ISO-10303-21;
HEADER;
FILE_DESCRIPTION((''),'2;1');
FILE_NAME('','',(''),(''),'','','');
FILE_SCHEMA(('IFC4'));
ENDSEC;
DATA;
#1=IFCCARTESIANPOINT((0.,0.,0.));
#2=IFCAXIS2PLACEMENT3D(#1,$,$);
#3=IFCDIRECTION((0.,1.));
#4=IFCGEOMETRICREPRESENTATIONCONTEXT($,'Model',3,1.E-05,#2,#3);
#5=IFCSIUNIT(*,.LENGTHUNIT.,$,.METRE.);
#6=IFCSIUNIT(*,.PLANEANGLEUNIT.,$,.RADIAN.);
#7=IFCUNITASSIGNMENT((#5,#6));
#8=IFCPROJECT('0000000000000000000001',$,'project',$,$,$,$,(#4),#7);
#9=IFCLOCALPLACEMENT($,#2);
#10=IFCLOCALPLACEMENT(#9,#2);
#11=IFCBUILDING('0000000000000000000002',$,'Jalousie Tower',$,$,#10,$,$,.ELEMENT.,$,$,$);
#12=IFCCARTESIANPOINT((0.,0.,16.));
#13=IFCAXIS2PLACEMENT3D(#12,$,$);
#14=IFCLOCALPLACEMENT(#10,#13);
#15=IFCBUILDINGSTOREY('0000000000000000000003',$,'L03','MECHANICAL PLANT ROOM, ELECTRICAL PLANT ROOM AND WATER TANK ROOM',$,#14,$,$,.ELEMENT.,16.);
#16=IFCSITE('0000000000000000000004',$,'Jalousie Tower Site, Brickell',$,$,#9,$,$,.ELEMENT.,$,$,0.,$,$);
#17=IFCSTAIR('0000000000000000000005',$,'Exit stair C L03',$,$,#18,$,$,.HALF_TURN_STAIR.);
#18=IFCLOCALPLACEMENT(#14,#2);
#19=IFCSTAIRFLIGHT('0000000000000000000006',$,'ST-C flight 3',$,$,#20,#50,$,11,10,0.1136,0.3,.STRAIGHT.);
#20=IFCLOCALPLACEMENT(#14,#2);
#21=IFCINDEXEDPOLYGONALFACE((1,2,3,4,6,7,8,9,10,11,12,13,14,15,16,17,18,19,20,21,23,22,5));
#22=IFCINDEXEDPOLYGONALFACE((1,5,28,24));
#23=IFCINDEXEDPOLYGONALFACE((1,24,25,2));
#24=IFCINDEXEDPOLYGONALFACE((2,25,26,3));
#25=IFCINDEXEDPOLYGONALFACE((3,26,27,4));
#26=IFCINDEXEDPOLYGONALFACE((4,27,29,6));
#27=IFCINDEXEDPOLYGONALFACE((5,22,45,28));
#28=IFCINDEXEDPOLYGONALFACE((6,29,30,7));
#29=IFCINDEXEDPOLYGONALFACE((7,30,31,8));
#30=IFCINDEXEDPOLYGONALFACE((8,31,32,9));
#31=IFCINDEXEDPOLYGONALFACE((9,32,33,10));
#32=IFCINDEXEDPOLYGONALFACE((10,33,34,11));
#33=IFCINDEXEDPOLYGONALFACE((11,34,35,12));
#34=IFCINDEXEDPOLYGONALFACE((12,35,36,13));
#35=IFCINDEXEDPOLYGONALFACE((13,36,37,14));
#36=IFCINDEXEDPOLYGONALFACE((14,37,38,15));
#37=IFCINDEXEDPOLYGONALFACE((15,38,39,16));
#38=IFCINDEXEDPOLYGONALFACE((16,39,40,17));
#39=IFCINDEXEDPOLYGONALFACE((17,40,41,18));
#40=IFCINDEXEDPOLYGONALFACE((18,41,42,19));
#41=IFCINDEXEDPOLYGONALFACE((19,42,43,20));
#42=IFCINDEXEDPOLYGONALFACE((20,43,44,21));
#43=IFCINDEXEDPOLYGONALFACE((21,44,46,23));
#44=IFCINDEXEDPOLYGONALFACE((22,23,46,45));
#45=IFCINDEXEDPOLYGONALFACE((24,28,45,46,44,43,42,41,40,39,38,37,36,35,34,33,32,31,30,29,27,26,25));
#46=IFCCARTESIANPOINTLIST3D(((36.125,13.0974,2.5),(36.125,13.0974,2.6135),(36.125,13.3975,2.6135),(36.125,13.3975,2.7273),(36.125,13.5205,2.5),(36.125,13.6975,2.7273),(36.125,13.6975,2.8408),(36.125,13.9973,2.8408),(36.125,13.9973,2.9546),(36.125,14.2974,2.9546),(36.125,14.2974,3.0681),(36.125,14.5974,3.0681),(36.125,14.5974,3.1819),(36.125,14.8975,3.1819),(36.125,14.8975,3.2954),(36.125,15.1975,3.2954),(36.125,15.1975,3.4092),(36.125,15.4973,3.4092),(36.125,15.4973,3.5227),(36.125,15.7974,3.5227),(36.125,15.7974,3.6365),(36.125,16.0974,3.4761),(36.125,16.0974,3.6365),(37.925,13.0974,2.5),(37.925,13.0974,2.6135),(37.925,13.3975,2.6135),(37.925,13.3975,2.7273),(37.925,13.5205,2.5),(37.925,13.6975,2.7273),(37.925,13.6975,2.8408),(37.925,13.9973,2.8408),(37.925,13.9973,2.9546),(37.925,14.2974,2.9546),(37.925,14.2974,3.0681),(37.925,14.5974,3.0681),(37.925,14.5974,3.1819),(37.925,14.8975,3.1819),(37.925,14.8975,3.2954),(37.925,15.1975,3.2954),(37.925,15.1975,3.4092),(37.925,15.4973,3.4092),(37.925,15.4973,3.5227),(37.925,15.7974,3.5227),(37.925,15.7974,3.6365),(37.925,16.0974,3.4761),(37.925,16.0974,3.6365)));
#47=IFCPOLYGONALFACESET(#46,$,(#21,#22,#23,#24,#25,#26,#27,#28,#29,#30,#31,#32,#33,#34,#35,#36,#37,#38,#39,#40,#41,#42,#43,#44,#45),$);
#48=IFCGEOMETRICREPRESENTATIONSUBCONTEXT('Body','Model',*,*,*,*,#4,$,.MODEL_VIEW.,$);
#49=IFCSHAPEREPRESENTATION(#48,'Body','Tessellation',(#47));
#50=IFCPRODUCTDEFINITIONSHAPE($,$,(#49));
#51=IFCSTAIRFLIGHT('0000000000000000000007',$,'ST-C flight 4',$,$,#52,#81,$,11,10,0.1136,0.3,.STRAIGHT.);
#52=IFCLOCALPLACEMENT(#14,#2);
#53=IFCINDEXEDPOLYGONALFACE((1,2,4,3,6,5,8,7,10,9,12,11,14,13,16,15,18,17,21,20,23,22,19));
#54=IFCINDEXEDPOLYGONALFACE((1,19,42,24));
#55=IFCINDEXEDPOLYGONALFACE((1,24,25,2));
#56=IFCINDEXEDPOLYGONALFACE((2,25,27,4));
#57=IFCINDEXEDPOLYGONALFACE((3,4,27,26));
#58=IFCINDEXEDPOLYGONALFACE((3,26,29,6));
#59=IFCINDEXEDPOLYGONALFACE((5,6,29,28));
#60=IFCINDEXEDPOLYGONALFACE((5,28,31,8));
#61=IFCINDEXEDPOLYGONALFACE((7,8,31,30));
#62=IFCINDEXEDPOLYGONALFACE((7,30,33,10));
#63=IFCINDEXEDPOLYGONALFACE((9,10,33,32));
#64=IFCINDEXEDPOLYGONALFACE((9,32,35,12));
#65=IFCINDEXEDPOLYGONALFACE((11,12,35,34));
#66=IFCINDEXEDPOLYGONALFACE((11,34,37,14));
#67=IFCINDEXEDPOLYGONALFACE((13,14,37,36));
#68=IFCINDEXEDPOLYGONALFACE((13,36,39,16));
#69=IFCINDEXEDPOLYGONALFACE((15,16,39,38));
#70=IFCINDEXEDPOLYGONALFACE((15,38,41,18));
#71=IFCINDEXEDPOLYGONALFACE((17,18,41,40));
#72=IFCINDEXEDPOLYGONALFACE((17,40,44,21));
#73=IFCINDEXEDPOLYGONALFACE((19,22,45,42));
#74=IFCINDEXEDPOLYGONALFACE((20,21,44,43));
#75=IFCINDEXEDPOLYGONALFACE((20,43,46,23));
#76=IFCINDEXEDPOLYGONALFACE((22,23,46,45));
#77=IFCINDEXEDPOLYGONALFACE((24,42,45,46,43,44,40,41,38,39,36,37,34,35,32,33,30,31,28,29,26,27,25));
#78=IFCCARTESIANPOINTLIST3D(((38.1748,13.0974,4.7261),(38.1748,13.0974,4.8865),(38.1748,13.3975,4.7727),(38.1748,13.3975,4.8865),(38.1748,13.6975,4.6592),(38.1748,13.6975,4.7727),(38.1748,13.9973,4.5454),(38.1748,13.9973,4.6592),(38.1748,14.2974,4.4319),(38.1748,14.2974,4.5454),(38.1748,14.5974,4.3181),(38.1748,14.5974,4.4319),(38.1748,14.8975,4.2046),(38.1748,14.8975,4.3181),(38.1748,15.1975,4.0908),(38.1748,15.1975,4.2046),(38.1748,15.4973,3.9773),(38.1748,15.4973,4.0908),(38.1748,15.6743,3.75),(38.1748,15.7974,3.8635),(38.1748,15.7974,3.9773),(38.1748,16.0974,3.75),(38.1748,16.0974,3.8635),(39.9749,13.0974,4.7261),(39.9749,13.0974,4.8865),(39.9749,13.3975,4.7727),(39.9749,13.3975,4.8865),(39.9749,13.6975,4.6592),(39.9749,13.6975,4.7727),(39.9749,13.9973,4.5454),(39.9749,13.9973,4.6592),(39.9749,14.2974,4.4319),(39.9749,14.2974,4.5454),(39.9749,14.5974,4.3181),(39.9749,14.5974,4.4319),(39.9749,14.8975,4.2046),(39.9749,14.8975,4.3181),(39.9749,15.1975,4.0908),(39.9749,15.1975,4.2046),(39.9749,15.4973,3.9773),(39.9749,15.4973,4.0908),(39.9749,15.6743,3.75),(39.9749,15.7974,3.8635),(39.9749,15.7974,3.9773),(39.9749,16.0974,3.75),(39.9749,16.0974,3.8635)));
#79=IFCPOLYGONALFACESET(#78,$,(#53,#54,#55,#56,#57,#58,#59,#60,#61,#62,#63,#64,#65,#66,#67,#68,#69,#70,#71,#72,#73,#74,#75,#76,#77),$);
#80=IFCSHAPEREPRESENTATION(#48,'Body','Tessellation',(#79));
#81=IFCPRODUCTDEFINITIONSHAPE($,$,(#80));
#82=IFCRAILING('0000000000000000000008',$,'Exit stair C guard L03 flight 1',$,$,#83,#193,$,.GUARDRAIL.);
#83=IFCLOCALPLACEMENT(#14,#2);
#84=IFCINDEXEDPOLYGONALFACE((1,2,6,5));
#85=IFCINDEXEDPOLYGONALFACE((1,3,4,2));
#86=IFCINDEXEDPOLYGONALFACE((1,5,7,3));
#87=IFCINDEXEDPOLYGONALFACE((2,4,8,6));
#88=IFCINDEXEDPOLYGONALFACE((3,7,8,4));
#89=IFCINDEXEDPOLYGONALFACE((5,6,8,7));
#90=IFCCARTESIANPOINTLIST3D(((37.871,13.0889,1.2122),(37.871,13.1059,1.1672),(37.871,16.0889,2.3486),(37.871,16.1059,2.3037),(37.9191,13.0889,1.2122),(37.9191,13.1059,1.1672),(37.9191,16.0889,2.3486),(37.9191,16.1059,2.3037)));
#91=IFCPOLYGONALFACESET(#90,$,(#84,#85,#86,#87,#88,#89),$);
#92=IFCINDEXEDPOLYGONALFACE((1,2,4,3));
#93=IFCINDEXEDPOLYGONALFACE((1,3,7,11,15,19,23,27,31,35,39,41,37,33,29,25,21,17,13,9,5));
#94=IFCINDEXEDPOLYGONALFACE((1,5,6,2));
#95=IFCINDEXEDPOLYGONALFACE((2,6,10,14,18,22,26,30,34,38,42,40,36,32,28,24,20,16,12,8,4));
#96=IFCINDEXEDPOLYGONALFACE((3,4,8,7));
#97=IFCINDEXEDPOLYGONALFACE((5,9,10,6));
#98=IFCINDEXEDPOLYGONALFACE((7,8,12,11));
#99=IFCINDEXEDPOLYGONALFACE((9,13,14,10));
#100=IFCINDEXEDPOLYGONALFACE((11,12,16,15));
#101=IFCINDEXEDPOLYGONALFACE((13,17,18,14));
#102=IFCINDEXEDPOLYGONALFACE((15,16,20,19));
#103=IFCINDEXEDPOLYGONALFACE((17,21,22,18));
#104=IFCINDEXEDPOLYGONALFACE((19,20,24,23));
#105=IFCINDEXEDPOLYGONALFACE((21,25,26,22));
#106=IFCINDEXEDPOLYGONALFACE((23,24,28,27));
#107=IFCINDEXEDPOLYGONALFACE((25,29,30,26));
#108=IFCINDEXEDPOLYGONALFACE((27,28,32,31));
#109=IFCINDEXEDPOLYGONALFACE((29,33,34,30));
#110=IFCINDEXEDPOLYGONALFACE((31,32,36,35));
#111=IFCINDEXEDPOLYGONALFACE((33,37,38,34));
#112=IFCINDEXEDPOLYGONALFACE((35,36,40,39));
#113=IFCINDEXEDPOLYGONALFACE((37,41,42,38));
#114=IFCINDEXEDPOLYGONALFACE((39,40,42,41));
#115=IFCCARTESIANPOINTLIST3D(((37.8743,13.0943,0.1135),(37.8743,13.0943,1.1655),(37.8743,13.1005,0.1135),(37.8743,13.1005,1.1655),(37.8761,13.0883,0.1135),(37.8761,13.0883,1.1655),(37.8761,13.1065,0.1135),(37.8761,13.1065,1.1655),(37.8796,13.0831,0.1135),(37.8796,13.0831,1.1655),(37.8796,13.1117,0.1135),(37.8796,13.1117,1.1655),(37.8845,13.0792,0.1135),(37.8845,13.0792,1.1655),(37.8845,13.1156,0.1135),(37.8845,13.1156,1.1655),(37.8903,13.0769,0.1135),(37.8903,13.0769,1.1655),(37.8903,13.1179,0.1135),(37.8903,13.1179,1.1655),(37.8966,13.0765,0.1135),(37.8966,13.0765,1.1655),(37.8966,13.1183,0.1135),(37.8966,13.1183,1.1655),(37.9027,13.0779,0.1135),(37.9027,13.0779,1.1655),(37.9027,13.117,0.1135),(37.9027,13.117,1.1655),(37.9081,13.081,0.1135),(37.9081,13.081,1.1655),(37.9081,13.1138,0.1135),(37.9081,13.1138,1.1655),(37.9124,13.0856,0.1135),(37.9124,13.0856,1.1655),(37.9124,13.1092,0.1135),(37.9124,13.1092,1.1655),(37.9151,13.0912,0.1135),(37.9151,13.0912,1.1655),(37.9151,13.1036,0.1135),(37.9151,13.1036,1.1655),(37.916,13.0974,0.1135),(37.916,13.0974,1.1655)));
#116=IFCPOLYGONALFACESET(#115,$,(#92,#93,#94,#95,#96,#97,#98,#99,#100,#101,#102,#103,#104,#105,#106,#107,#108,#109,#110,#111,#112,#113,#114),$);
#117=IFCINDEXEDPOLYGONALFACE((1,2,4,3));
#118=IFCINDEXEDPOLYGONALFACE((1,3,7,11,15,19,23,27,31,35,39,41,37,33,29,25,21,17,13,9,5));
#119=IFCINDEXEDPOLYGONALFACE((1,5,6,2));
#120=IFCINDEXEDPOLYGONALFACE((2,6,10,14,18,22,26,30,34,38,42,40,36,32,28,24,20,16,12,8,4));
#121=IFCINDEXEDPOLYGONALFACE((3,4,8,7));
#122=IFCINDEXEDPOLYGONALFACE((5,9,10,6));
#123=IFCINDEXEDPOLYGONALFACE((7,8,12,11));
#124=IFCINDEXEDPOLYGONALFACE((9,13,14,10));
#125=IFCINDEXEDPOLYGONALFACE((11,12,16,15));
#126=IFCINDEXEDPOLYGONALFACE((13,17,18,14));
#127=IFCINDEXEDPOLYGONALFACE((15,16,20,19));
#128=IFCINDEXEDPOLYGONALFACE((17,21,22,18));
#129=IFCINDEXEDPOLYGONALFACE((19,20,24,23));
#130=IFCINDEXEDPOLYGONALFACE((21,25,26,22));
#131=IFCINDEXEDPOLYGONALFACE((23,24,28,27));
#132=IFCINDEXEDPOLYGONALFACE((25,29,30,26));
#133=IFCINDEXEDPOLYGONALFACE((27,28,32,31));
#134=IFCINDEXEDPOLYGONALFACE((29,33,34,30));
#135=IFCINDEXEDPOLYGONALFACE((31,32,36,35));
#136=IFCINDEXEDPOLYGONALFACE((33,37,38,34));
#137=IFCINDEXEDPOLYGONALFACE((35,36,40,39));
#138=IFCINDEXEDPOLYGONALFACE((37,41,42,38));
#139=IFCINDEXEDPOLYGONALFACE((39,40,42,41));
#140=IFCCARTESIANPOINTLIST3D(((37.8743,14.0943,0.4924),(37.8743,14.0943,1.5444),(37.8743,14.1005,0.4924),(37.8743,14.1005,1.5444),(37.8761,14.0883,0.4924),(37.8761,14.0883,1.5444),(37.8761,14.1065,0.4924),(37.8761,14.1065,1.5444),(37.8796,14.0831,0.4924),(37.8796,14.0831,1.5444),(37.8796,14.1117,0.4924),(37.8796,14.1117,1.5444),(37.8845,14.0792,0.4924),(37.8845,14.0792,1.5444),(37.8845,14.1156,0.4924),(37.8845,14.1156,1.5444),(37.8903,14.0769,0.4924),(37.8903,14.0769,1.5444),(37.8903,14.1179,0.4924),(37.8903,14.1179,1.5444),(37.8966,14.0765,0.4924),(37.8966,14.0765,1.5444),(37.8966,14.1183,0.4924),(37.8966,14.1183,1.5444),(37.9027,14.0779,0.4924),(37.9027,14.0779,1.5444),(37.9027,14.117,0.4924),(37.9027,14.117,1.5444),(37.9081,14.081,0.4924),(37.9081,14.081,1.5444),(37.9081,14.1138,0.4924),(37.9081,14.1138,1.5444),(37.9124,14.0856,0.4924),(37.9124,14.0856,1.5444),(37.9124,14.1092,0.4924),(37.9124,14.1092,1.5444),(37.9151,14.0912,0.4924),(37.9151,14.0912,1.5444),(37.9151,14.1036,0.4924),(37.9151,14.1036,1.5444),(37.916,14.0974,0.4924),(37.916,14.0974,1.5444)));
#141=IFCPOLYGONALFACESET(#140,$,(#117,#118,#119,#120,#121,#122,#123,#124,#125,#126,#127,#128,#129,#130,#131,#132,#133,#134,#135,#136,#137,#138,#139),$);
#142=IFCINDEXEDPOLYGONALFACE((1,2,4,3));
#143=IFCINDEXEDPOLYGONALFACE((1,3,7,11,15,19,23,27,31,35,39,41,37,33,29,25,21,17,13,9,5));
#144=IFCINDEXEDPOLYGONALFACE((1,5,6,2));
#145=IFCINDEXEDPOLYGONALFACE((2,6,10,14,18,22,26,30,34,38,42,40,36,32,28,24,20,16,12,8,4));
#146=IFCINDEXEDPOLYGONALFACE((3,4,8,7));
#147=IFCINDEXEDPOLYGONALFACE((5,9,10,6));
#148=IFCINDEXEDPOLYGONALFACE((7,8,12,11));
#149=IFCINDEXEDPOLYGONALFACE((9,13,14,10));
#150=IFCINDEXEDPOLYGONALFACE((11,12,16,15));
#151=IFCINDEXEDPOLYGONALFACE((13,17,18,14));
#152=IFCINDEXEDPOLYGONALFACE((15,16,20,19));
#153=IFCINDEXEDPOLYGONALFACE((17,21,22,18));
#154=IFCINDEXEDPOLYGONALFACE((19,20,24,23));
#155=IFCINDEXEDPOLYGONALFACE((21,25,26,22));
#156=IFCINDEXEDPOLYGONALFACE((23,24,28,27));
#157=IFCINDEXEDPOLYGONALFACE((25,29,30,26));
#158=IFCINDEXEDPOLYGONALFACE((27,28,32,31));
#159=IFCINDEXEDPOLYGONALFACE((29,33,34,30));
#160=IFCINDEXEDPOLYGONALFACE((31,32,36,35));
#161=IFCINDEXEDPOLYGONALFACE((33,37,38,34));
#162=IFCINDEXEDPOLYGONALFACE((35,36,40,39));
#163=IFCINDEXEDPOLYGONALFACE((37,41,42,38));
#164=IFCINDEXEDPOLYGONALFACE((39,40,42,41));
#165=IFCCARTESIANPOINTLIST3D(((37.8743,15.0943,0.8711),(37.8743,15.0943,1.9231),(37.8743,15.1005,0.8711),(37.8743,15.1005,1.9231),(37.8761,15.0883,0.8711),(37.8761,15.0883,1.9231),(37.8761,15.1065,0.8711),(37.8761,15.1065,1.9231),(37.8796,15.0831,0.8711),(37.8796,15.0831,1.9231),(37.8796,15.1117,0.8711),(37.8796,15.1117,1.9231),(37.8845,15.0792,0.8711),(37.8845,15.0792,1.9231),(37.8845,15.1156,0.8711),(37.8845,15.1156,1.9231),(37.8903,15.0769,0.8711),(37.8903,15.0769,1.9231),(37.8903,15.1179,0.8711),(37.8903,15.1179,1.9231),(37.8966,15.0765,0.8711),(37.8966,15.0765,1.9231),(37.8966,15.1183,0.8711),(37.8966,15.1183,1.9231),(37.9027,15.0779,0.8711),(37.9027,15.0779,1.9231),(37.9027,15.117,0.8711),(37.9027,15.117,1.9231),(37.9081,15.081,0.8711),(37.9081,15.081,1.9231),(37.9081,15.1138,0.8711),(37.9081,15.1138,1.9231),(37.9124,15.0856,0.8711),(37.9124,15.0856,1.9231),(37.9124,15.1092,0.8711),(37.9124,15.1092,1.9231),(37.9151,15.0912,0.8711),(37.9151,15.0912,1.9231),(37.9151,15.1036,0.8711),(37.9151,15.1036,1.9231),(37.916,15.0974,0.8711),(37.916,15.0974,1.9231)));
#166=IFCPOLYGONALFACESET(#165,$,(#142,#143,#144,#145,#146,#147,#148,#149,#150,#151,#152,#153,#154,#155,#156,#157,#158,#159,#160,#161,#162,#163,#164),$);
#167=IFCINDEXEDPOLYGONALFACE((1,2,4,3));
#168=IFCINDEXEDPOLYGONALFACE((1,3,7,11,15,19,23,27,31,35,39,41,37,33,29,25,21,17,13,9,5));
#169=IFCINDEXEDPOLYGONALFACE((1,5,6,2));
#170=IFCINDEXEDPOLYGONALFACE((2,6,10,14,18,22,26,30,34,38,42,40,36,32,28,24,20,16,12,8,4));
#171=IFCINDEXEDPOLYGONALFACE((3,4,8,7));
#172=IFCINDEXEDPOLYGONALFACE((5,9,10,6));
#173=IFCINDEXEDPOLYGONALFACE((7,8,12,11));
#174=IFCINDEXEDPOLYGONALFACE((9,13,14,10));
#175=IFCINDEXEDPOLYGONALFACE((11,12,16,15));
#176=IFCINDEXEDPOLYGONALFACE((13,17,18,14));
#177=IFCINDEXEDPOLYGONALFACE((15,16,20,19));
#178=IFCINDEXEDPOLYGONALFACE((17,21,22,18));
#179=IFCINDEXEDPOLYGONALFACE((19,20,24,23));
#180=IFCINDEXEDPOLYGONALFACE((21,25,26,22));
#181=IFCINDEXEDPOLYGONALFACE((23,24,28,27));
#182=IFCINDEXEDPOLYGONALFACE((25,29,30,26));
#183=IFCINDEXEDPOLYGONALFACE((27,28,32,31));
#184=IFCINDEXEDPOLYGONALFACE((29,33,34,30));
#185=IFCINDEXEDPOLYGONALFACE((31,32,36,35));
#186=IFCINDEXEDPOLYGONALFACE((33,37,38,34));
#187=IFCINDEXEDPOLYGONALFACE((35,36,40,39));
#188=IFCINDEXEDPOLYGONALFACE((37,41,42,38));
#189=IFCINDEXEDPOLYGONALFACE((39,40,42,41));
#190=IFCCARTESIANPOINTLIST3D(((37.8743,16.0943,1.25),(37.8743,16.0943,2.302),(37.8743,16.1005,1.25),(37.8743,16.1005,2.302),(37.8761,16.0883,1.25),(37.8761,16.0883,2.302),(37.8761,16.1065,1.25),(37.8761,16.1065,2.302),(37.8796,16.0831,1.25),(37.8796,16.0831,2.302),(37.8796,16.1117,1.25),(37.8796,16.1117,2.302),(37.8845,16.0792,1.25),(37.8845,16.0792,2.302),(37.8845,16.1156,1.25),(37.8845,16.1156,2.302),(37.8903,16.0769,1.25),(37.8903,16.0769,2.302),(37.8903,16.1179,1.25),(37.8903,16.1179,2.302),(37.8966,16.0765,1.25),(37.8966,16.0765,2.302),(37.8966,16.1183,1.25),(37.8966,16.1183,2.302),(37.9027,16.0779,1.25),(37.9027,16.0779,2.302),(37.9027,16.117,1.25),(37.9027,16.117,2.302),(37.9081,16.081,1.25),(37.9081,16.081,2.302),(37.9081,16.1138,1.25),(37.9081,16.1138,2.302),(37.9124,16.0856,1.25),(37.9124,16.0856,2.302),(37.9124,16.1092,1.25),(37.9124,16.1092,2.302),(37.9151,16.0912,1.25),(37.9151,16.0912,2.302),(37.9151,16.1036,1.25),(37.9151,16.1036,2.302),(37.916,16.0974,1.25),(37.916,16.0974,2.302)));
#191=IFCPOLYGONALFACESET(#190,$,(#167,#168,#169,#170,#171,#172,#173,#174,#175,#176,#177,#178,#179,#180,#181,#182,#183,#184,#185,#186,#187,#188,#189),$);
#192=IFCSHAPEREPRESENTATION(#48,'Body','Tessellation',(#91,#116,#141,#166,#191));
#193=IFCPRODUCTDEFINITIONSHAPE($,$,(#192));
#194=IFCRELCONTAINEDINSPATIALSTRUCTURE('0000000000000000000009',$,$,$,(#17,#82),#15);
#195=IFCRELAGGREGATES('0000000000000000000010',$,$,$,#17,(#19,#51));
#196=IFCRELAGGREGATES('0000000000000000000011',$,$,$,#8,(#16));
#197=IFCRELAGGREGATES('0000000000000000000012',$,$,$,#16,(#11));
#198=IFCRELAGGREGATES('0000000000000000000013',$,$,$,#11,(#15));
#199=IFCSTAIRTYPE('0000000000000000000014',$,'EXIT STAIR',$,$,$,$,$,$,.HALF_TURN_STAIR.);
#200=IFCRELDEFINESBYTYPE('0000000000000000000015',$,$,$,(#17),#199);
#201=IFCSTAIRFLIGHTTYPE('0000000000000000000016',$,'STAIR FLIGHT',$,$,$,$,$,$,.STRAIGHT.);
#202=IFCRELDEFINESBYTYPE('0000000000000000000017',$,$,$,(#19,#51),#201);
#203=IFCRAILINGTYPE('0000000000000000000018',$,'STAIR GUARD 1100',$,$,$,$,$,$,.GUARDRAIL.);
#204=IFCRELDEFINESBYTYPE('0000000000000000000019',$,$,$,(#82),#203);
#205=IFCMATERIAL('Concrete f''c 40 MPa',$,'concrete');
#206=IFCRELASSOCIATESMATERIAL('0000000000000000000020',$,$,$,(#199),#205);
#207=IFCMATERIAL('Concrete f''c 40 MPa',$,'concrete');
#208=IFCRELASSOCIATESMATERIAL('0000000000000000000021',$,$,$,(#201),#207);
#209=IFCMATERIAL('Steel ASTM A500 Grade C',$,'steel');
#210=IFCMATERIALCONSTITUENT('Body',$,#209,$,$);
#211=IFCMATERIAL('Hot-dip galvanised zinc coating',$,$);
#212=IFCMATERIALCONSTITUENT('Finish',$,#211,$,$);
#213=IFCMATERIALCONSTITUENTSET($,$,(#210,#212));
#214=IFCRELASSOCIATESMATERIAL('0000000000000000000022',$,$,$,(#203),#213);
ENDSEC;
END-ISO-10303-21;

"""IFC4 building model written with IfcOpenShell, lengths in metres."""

from ifc_helpers import new_model, si_unit, direction, frame, origin, origin_2d, place, context, subcontext, project, spatial, polyline, rectangle, circle, outline, extrude, material, constituent, constituent_set, type_object, element, aggregate, save


model = new_model("IFC4")

# Units and contexts
model_context = context("Model", 3, precision=1e-05, world=origin(), true_north=direction((0.0, 1.0)))
body_context = subcontext(model_context, "Body", "Model", "MODEL_VIEW")
ifc_project = project(units=[si_unit("LENGTHUNIT", "METRE"), si_unit("PLANEANGLEUNIT", "RADIAN")], contexts=[model_context])

# Site, building, storey
site_placement = place(None, origin())
site = spatial("IfcSite", under=ifc_project, at=site_placement, Name="Jalousie Tower Site, Brickell", CompositionType="ELEMENT", RefElevation=0.0)
building_placement = place(site_placement, origin())
building = spatial("IfcBuilding", under=site, at=building_placement, Name="Jalousie Tower", CompositionType="ELEMENT")
storey_placement = place(building_placement, frame((0.0, 0.0, 16.0)))
storey = spatial("IfcBuildingStorey", under=building, at=storey_placement, Name="L03", Description="MECHANICAL PLANT ROOM, ELECTRICAL PLANT ROOM AND WATER TANK ROOM", CompositionType="ELEMENT", Elevation=16.0)

# Stair, stair flights
ifc_material_1 = material(Name="Concrete f'c 40 MPa", Category="concrete")
stair_type = type_object("IfcStairType", Name="EXIT STAIR", PredefinedType="HALF_TURN_STAIR", material=ifc_material_1)
stair_placement = place(storey_placement, origin())
stair = element("IfcStair", 1, at=stair_placement, inside=storey, type_object=stair_type, Name="Exit stair C L03", PredefinedType="HALF_TURN_STAIR")
ifc_material_2 = material(Name="Concrete f'c 40 MPa", Category="concrete")
stair_flight_type = type_object("IfcStairFlightType", Name="STAIR FLIGHT", PredefinedType="STRAIGHT", material=ifc_material_2)
stair_flight_1_placement = place(storey_placement, frame((37.0249, 13.0974, 2.5), z_axis=(0.0, 0.0, 1.0), x_axis=(0.0, 1.0, 0.0)))
stair_flight_1 = element("IfcStairFlight", 2, at=stair_flight_1_placement, type_object=stair_flight_type, Name="ST-C flight 3", NumberOfRisers=11, NumberOfTreads=10, PredefinedType="STRAIGHT", RiserHeight=0.1136, TreadLength=0.3, context=body_context, shape_type="SweptSolid", body=[
    extrude(outline(polyline([(0.0, 0.0), (0.0, 0.1135), (0.3, 0.1135), (0.3, 0.2273), (0.6001, 0.2273), (0.6001, 0.3408), (0.8999, 0.3408), (0.8999, 0.4546), (1.2, 0.4546), (1.2, 0.5681), (1.5, 0.5681), (1.5, 0.6819), (1.8, 0.6819), (1.8, 0.7954), (2.1001, 0.7954), (2.1001, 0.9092), (2.3999, 0.9092), (2.3999, 1.0227), (2.7, 1.0227), (2.7, 1.1365), (3.0, 1.1365), (3.0, 1.25), (3.0, 0.9761), (0.4231, 0.0), (0.0, 0.0)])), frame((0.0, 0.8999, 0.0), z_axis=(0.0, -1.0, 0.0), x_axis=(1.0, 0.0, 0.0)), (0.0, 0.0, 1.0), 1.8),
])
stair_flight_2_placement = place(storey_placement, frame((39.075, 16.0974, 3.75), z_axis=(0.0, 0.0, 1.0), x_axis=(0.0, -1.0, 0.0)))
stair_flight_2 = element("IfcStairFlight", 3, at=stair_flight_2_placement, type_object=stair_flight_type, Name="ST-C flight 4", NumberOfRisers=11, NumberOfTreads=10, PredefinedType="STRAIGHT", RiserHeight=0.1136, TreadLength=0.3, context=body_context, shape_type="SweptSolid", body=[
    extrude(outline(polyline([(0.0, 0.0), (0.0, 0.1135), (0.3, 0.1135), (0.3, 0.2273), (0.6001, 0.2273), (0.6001, 0.3408), (0.8999, 0.3408), (0.8999, 0.4546), (1.2, 0.4546), (1.2, 0.5681), (1.5, 0.5681), (1.5, 0.6819), (1.8, 0.6819), (1.8, 0.7954), (2.1001, 0.7954), (2.1001, 0.9092), (2.3999, 0.9092), (2.3999, 1.0227), (2.7, 1.0227), (2.7, 1.1365), (3.0, 1.1365), (3.0, 1.25), (3.0, 0.9761), (0.4231, 0.0), (0.0, 0.0)])), frame((0.0, 0.8999, 0.0), z_axis=(0.0, -1.0, 0.0), x_axis=(1.0, 0.0, 0.0)), (0.0, 0.0, 1.0), 1.8),
])
aggregate(stair, [stair_flight_1, stair_flight_2])

# Railing
ifc_material_3 = material(Name="Steel ASTM A500 Grade C", Category="steel")
ifc_constituent_1 = constituent(ifc_material_3, Name="Body")
ifc_material_4 = material(Name="Hot-dip galvanised zinc coating")
ifc_constituent_2 = constituent(ifc_material_4, Name="Finish")
ifc_constituent_set_1 = constituent_set(constituents=[ifc_constituent_1, ifc_constituent_2])
railing_type_1 = type_object("IfcRailingType", Name="STAIR GUARD 1100", PredefinedType="GUARDRAIL", material=ifc_constituent_set_1)
railing_1_placement = place(storey_placement, frame((37.895, 13.0974, 0.1135)))
element("IfcRailing", 4, at=railing_1_placement, inside=storey, type_object=railing_type_1, Name="Exit stair C guard L03 flight 1", PredefinedType="GUARDRAIL", context=body_context, shape_type="SweptSolid", body=[
    extrude(rectangle(XDim=0.0481, YDim=0.0481, at=origin_2d()), frame((0.0, 0.0, 1.0762), z_axis=(0.0, 0.935148, 0.354257), x_axis=(-1.0, 0.0, 0.0)), (0.0, 0.0, 1.0), 3.208),
    extrude(circle(Radius=0.021, at=origin_2d()), origin(), (0.0, 0.0, 1.0), 1.052),
    extrude(circle(Radius=0.021, at=origin_2d()), frame((0.0, 1.0, 0.3789)), (0.0, 0.0, 1.0), 1.052),
    extrude(circle(Radius=0.021, at=origin_2d()), frame((0.0, 2.0, 0.7576)), (0.0, 0.0, 1.0), 1.052),
    extrude(circle(Radius=0.021, at=origin_2d()), frame((0.0, 3.0, 1.1365)), (0.0, 0.0, 1.0), 1.052),
])

save(model, "model.ifc")
